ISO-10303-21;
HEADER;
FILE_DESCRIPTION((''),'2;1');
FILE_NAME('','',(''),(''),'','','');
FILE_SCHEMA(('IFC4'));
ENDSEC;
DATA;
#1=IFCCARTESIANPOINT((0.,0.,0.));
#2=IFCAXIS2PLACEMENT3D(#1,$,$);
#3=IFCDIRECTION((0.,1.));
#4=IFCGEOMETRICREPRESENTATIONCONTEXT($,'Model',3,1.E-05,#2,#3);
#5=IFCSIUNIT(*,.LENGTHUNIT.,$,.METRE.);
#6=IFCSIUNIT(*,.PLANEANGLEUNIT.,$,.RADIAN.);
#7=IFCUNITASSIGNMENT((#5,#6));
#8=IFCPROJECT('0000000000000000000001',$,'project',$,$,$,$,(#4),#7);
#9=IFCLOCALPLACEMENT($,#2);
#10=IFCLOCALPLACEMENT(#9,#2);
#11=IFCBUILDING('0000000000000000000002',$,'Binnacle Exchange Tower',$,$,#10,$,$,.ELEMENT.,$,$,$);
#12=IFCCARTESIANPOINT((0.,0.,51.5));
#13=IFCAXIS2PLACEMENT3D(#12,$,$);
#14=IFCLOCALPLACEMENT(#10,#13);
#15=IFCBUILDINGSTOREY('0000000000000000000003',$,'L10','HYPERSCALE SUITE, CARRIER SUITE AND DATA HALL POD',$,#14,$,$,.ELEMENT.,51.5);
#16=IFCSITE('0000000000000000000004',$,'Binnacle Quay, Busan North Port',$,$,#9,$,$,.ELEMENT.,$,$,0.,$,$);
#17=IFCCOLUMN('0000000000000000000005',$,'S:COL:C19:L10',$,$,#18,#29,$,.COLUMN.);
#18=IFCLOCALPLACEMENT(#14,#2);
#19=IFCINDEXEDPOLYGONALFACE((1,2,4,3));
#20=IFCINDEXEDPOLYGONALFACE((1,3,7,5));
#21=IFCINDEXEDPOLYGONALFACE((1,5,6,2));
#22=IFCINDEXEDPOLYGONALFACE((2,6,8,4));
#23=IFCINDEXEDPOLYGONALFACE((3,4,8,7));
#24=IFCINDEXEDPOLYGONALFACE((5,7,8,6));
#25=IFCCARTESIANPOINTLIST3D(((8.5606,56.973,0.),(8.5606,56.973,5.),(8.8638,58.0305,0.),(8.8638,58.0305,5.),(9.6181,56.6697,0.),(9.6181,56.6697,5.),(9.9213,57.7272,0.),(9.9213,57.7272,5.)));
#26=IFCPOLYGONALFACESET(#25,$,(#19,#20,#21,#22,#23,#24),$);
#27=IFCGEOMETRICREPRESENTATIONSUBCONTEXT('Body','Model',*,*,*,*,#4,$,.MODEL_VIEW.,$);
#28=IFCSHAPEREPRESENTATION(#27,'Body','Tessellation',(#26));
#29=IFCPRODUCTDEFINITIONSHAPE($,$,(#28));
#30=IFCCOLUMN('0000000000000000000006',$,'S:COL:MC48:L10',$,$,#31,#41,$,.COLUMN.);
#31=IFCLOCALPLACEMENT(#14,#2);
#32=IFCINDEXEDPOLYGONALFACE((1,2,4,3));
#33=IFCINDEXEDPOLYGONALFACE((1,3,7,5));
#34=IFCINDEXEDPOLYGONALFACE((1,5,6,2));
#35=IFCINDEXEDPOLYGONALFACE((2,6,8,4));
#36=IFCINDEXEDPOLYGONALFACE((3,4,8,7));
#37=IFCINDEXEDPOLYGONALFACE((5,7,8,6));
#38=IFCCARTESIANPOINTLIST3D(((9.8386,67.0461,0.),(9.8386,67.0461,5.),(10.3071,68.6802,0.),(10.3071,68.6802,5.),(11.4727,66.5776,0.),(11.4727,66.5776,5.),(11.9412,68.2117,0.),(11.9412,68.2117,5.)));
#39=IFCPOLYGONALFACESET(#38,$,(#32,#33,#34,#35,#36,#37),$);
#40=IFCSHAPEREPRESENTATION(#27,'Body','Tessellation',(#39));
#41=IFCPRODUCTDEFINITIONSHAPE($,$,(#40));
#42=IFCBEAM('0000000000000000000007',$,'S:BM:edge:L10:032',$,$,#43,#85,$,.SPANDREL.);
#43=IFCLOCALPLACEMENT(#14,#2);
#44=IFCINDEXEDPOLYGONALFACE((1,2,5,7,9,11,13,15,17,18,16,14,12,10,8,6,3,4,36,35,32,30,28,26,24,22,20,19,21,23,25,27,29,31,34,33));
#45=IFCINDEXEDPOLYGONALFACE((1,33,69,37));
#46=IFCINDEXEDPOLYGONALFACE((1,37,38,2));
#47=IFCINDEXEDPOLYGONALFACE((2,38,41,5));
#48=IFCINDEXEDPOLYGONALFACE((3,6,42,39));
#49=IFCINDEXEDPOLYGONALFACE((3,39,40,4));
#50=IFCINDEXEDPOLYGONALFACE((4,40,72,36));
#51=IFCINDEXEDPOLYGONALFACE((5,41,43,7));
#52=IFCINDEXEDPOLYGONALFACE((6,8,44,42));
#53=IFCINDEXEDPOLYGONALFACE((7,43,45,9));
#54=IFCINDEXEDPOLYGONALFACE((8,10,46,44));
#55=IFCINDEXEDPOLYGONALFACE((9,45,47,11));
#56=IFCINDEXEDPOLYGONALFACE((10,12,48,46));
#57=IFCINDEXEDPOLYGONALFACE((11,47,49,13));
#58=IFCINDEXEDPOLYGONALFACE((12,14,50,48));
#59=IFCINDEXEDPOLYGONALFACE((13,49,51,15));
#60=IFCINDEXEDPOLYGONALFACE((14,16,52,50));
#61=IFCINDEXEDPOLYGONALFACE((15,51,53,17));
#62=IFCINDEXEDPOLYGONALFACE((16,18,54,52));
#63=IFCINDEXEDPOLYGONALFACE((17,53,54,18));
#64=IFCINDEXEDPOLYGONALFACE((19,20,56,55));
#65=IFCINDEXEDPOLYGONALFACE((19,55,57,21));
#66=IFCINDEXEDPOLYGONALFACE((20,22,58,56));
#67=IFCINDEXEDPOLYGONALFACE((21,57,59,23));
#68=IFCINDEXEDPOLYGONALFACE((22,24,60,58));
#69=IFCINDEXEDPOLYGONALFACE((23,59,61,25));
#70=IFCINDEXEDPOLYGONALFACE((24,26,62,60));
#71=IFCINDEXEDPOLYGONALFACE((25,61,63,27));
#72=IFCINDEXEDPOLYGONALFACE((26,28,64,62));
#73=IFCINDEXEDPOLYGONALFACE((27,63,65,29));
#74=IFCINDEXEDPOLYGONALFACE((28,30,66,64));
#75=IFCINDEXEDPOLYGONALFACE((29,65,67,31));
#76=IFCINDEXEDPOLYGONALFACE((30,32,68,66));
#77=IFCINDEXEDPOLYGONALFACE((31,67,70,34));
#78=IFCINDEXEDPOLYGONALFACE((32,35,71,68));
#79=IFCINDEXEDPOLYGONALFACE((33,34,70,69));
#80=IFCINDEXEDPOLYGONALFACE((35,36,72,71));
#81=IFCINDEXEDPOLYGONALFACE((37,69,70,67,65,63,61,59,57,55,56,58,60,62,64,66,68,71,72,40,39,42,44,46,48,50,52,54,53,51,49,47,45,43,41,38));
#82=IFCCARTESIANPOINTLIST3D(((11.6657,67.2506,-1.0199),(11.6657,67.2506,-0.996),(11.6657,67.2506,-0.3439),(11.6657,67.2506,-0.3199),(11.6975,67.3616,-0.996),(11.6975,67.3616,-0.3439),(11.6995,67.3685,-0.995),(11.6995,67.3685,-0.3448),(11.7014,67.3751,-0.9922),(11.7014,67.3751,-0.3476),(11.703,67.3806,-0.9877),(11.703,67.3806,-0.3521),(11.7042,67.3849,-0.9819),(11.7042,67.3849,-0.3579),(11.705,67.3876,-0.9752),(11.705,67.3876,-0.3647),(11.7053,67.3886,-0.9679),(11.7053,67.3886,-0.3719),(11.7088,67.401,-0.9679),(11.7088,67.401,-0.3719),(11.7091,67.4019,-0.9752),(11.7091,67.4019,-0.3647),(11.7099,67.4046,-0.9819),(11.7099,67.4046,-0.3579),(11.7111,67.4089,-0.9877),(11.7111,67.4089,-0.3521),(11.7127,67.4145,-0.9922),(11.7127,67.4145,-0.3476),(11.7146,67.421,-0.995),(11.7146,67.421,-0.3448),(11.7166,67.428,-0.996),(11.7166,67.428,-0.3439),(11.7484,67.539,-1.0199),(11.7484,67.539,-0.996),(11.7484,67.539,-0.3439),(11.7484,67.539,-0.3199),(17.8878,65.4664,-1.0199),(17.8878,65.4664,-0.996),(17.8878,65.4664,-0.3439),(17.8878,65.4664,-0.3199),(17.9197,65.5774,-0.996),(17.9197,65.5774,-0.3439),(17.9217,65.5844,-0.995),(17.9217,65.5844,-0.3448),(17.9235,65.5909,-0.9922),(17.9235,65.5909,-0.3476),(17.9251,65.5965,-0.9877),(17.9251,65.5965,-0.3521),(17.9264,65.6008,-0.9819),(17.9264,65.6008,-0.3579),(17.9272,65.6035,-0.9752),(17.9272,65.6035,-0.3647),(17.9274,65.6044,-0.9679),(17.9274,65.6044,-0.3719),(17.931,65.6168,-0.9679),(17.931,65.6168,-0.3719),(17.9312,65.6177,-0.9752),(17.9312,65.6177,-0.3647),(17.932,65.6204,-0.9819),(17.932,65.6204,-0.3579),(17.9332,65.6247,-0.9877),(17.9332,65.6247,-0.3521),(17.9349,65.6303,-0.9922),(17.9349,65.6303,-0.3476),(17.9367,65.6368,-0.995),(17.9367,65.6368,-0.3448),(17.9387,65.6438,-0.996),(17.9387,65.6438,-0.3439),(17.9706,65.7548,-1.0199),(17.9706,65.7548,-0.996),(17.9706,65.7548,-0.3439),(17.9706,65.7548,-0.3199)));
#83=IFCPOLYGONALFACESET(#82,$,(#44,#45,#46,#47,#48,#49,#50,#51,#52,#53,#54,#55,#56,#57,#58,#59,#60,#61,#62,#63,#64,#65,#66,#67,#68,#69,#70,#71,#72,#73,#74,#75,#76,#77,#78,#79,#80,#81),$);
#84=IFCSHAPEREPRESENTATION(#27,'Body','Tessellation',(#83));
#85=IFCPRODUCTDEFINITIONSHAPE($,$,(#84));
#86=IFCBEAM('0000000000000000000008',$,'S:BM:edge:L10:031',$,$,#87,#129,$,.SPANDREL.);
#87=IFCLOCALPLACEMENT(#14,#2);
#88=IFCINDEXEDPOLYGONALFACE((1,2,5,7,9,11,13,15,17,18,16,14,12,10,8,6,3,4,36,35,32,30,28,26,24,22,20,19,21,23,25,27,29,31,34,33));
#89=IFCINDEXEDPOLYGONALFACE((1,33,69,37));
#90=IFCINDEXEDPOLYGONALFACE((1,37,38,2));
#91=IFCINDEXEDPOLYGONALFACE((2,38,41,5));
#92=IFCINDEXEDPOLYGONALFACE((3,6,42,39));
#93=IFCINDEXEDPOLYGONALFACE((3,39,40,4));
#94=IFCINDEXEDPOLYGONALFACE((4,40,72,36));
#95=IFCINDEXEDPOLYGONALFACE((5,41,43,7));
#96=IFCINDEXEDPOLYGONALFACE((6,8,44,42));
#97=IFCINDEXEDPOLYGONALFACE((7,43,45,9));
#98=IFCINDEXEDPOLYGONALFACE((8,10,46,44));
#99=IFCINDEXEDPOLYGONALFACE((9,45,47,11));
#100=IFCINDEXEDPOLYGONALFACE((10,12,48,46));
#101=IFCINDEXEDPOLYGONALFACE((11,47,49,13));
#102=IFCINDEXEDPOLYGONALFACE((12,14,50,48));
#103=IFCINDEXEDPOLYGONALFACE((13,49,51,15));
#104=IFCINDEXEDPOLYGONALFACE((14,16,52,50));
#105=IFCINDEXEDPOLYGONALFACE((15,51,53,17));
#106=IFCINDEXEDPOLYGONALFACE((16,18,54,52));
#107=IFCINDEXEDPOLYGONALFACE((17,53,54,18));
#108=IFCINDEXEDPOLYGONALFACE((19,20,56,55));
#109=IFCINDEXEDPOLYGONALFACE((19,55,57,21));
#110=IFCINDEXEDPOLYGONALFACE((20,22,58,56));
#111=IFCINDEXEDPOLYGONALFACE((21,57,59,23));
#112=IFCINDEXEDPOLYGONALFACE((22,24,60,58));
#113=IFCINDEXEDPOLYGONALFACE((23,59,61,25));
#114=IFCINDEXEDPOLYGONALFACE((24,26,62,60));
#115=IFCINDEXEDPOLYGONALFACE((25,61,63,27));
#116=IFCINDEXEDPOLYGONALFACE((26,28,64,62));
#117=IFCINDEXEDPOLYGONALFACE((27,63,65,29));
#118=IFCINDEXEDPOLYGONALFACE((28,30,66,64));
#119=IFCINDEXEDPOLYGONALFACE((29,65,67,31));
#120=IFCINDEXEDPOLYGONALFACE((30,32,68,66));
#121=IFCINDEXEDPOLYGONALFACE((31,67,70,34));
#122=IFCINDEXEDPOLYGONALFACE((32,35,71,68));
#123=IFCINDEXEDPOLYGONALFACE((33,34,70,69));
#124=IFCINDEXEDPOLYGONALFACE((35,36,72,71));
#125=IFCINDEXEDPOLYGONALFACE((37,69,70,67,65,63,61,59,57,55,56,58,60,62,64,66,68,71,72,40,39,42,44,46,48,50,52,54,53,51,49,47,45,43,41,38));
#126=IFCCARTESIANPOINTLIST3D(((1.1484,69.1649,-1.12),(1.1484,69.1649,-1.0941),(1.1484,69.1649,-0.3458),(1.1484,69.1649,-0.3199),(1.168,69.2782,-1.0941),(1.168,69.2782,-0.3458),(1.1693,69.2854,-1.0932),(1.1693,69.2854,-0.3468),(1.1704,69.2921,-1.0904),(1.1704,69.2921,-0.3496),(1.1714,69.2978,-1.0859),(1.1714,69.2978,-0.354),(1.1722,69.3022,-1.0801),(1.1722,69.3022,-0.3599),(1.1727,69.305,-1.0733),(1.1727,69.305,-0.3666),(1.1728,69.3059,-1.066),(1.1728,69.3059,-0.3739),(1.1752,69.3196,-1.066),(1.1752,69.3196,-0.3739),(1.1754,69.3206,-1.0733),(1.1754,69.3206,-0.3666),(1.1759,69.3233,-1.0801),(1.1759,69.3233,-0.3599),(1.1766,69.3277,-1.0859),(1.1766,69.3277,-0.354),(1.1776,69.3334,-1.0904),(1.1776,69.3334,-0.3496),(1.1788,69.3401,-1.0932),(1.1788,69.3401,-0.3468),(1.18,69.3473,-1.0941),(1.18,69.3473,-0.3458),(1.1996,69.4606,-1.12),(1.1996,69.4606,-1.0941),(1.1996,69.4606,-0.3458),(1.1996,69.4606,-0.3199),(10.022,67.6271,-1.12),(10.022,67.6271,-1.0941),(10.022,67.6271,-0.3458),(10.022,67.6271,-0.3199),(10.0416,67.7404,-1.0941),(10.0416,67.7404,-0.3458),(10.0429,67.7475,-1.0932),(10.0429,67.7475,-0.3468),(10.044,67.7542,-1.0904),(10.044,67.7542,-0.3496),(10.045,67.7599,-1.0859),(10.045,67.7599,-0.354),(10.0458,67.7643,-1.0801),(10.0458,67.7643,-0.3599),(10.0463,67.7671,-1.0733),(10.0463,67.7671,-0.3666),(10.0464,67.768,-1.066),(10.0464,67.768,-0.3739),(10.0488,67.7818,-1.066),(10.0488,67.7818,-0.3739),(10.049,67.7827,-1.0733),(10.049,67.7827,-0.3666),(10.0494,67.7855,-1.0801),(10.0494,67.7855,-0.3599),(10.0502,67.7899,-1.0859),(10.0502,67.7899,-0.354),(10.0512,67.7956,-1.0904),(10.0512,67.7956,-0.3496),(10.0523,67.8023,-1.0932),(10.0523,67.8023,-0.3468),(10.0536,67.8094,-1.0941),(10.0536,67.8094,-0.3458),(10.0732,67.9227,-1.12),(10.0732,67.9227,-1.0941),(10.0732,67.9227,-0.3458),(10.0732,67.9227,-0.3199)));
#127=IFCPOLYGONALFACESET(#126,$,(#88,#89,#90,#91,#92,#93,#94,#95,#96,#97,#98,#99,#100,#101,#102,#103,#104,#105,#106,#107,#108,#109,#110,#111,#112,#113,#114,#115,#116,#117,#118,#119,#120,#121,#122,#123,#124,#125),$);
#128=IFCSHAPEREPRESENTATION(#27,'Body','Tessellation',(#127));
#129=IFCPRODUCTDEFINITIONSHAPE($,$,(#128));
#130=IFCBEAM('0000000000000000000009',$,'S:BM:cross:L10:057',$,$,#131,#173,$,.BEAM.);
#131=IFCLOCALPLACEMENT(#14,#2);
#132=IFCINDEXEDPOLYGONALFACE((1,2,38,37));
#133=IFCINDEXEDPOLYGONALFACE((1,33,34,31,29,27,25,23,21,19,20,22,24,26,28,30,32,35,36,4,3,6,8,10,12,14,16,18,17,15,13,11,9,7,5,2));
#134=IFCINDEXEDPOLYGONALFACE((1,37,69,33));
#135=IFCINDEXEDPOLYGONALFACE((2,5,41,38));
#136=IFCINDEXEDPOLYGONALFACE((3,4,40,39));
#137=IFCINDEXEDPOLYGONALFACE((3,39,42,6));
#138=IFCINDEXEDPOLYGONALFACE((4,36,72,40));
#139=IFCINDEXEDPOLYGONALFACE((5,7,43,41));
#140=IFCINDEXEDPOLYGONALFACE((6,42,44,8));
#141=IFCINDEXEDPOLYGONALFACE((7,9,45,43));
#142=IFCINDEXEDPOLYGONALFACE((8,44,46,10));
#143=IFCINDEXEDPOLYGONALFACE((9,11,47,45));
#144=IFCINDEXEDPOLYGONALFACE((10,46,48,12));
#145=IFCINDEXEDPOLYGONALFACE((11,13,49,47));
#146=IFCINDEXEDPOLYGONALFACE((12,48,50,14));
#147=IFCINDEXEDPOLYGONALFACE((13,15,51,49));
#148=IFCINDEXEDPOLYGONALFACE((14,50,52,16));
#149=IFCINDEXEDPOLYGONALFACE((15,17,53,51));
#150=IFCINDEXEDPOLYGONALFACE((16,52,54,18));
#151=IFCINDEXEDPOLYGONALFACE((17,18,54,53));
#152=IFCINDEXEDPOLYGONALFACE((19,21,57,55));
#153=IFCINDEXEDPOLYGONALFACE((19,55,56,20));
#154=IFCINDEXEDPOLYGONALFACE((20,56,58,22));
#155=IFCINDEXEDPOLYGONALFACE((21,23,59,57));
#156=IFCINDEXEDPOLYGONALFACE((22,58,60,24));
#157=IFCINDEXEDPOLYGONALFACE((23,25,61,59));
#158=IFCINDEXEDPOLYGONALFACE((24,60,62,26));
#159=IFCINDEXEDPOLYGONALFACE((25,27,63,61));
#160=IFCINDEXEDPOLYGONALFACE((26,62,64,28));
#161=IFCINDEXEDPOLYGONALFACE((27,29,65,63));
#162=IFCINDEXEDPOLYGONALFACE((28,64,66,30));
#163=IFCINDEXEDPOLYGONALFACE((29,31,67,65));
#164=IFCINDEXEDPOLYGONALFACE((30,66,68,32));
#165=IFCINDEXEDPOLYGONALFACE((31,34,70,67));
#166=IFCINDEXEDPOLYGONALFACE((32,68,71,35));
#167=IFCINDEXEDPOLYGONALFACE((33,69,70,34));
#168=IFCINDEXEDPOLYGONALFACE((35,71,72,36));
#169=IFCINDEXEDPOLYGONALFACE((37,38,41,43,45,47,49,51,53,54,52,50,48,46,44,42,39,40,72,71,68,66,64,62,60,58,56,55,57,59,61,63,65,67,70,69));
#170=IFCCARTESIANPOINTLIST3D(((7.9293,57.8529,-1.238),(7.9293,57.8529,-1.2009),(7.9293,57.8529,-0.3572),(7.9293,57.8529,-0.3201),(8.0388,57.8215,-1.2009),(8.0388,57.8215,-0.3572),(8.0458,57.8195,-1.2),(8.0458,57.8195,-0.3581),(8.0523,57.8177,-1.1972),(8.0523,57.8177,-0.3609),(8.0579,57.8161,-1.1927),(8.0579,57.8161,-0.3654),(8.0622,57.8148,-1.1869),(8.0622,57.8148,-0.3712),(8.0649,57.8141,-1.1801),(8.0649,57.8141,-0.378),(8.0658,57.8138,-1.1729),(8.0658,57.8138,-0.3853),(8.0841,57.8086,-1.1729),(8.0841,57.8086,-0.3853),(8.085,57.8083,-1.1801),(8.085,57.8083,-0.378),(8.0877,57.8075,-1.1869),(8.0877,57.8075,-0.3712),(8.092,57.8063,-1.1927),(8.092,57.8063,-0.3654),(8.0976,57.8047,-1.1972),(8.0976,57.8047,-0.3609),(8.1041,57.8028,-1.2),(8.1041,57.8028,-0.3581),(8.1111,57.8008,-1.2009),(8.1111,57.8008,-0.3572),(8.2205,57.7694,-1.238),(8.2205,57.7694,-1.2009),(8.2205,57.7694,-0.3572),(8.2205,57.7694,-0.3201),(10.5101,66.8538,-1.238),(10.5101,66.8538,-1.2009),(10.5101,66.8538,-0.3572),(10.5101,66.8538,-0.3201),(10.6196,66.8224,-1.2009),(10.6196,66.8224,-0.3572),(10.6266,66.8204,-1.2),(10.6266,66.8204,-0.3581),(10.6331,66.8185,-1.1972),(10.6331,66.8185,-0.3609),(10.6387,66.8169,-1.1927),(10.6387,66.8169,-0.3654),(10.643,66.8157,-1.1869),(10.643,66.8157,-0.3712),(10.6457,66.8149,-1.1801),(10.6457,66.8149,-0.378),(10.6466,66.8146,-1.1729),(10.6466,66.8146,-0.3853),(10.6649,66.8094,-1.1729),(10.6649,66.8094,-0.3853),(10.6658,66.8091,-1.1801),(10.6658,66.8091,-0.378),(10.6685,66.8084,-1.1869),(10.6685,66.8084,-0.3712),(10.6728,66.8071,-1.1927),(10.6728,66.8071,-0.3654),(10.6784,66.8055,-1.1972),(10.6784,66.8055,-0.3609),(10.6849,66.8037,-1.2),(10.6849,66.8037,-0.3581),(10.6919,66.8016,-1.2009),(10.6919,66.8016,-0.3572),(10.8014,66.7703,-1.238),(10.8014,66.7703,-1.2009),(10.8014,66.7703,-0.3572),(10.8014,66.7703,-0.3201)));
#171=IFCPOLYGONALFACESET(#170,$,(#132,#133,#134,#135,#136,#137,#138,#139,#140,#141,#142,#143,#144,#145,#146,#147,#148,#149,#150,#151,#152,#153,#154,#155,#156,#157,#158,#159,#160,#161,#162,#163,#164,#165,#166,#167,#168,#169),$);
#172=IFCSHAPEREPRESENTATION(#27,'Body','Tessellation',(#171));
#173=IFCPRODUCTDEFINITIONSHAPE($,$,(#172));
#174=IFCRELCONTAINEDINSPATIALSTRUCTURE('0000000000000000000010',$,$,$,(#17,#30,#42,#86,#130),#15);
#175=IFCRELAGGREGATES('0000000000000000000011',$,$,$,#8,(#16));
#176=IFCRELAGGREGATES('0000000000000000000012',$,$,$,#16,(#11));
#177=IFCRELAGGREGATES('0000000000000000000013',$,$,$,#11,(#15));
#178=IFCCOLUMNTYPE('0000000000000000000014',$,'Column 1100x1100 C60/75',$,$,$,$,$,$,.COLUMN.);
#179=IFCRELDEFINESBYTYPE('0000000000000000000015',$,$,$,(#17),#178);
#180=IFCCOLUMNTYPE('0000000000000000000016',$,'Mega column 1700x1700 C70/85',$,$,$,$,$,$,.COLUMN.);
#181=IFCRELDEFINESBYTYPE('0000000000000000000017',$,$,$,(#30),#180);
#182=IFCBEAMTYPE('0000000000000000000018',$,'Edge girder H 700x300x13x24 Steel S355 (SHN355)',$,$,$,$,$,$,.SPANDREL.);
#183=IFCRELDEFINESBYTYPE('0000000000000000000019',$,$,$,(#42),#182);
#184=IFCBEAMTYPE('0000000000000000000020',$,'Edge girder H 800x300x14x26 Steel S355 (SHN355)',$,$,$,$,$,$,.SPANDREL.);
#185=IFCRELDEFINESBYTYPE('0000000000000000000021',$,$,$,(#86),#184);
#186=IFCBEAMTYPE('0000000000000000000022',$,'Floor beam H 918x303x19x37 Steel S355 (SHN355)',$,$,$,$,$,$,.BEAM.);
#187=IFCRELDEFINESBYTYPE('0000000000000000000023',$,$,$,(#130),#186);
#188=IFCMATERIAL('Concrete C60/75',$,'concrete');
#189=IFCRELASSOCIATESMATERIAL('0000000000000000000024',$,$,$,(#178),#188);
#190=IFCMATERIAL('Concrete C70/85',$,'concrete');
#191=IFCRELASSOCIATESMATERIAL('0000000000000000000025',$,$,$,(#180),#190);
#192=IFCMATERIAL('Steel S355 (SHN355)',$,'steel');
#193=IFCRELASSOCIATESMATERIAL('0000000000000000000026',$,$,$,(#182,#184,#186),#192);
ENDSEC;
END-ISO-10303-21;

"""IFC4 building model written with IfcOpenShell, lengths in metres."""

from ifc_helpers import new_model, si_unit, direction, frame, origin, origin_2d, place, context, subcontext, project, spatial, rectangle, i_section, extrude, material, material_profile, profile_set, type_object, element, save


model = new_model("IFC4")

# Units and contexts
model_context = context("Model", 3, precision=1e-05, world=origin(), true_north=direction((0.0, 1.0)))
body_context = subcontext(model_context, "Body", "Model", "MODEL_VIEW")
ifc_project = project(units=[si_unit("LENGTHUNIT", "METRE"), si_unit("PLANEANGLEUNIT", "RADIAN")], contexts=[model_context])

# Site, building, storey
site_placement = place(None, origin())
site = spatial("IfcSite", under=ifc_project, at=site_placement, Name="Binnacle Quay, Busan North Port", CompositionType="ELEMENT", RefElevation=0.0)
building_placement = place(site_placement, origin())
building = spatial("IfcBuilding", under=site, at=building_placement, Name="Binnacle Exchange Tower", CompositionType="ELEMENT")
storey_placement = place(building_placement, frame((0.0, 0.0, 51.5)))
storey = spatial("IfcBuildingStorey", under=building, at=storey_placement, Name="L10", Description="HYPERSCALE SUITE, CARRIER SUITE AND DATA HALL POD", CompositionType="ELEMENT", Elevation=51.5)

# Columns
ifc_material_1 = material(Name="Concrete C60/75", Category="concrete")
ifc_material_profile_1 = material_profile(ifc_material_1, rectangle(XDim=1.1001, YDim=1.1001, at=origin_2d()), Name="Column 1100x1100 C60/75")
ifc_profile_set_1 = profile_set([ifc_material_profile_1], Name="Concrete C60/75")
column_type_1 = type_object("IfcColumnType", Name="Column 1100x1100 C60/75", PredefinedType="COLUMN", material=ifc_profile_set_1)
column_1_placement = place(storey_placement, frame((9.241, 57.3501, 0.0), z_axis=(0.0, 0.0, 1.0), x_axis=(0.961262, -0.275637, 0.0)))
element("IfcColumn", 1, at=column_1_placement, inside=storey, type_object=column_type_1, Name="S:COL:C19:L10", PredefinedType="COLUMN", context=body_context, shape_type="SweptSolid", body=[
    extrude(rectangle(XDim=1.1001, YDim=1.1001, at=origin_2d()), origin(), (0.0, 0.0, 1.0), 5.0),
])
ifc_material_2 = material(Name="Concrete C70/85", Category="concrete")
ifc_material_profile_2 = material_profile(ifc_material_2, rectangle(XDim=1.7, YDim=1.7, at=origin_2d()), Name="Mega column 1700x1700 C70/85")
ifc_profile_set_2 = profile_set([ifc_material_profile_2], Name="Concrete C70/85")
column_type_2 = type_object("IfcColumnType", Name="Mega column 1700x1700 C70/85", PredefinedType="COLUMN", material=ifc_profile_set_2)
column_2_placement = place(storey_placement, frame((10.8899, 67.6289, 0.0), z_axis=(0.0, 0.0, 1.0), x_axis=(-0.961262, 0.275637, 0.0)))
element("IfcColumn", 2, at=column_2_placement, inside=storey, type_object=column_type_2, Name="S:COL:MC48:L10", PredefinedType="COLUMN", context=body_context, shape_type="SweptSolid", body=[
    extrude(rectangle(XDim=1.7, YDim=1.7, at=origin_2d()), origin(), (0.0, 0.0, 1.0), 5.0),
])

# Beams
ifc_material_3 = material(Name="Steel S355 (SHN355)", Category="steel")
ifc_material_profile_3 = material_profile(ifc_material_3, i_section(OverallWidth=0.3, OverallDepth=0.7, WebThickness=0.0129, FlangeThickness=0.0239, FilletRadius=0.0281, at=origin_2d()), Name="H 700x300x13x24")
ifc_profile_set_3 = profile_set([ifc_material_profile_3], Name="Steel S355 (SHN355)")
beam_type_1 = type_object("IfcBeamType", Name="Edge girder H 700x300x13x24 Steel S355 (SHN355)", PredefinedType="SPANDREL", material=ifc_profile_set_3)
beam_1_placement = place(storey_placement, frame((17.9292, 65.6106, -0.6699), z_axis=(-0.961262, 0.275638, 0.0), x_axis=(-0.275638, -0.961262, 0.0)))
element("IfcBeam", 3, at=beam_1_placement, inside=storey, type_object=beam_type_1, Name="S:BM:edge:L10:032", PredefinedType="SPANDREL", context=body_context, shape_type="SweptSolid", body=[
    extrude(i_section(OverallWidth=0.3, OverallDepth=0.7, WebThickness=0.0129, FlangeThickness=0.0239, FilletRadius=0.0281, at=origin_2d()), origin(), (0.0, 0.0, 1.0), 6.4729),
])
ifc_material_profile_4 = material_profile(ifc_material_3, i_section(OverallWidth=0.3, OverallDepth=0.8, WebThickness=0.0139, FlangeThickness=0.0259, FilletRadius=0.0281, at=origin_2d()), Name="H 800x300x14x26")
ifc_profile_set_4 = profile_set([ifc_material_profile_4], Name="Steel S355 (SHN355)")
beam_type_2 = type_object("IfcBeamType", Name="Edge girder H 800x300x14x26 Steel S355 (SHN355)", PredefinedType="SPANDREL", material=ifc_profile_set_4)
beam_2_placement = place(storey_placement, frame((10.0476, 67.7749, -0.72), z_axis=(-0.985312, 0.170761, 0.0), x_axis=(-0.170761, -0.985312, 0.0)))
element("IfcBeam", 4, at=beam_2_placement, inside=storey, type_object=beam_type_2, Name="S:BM:edge:L10:031", PredefinedType="SPANDREL", context=body_context, shape_type="SweptSolid", body=[
    extrude(i_section(OverallWidth=0.3, OverallDepth=0.8, WebThickness=0.0139, FlangeThickness=0.0259, FilletRadius=0.0281, at=origin_2d()), origin(), (0.0, 0.0, 1.0), 9.0059),
])
ifc_material_profile_5 = material_profile(ifc_material_3, i_section(OverallWidth=0.303, OverallDepth=0.918, WebThickness=0.019, FlangeThickness=0.0371, FilletRadius=0.0281, at=origin_2d()), Name="H 918x303x19x37")
ifc_profile_set_5 = profile_set([ifc_material_profile_5], Name="Steel S355 (SHN355)")
beam_type_3 = type_object("IfcBeamType", Name="Floor beam H 918x303x19x37 Steel S355 (SHN355)", PredefinedType="BEAM", material=ifc_profile_set_5)
beam_3_placement = place(storey_placement, frame((10.6558, 66.812, -0.7791), z_axis=(-0.275627, -0.961265, 0.0), x_axis=(0.961265, -0.275627, 0.0)))
element("IfcBeam", 5, at=beam_3_placement, inside=storey, type_object=beam_type_3, Name="S:BM:cross:L10:057", PredefinedType="BEAM", context=body_context, shape_type="SweptSolid", body=[
    extrude(i_section(OverallWidth=0.303, OverallDepth=0.918, WebThickness=0.019, FlangeThickness=0.0371, FilletRadius=0.0281, at=origin_2d()), origin(), (0.0, 0.0, 1.0), 9.3635),
])

save(model, "model.ifc")
